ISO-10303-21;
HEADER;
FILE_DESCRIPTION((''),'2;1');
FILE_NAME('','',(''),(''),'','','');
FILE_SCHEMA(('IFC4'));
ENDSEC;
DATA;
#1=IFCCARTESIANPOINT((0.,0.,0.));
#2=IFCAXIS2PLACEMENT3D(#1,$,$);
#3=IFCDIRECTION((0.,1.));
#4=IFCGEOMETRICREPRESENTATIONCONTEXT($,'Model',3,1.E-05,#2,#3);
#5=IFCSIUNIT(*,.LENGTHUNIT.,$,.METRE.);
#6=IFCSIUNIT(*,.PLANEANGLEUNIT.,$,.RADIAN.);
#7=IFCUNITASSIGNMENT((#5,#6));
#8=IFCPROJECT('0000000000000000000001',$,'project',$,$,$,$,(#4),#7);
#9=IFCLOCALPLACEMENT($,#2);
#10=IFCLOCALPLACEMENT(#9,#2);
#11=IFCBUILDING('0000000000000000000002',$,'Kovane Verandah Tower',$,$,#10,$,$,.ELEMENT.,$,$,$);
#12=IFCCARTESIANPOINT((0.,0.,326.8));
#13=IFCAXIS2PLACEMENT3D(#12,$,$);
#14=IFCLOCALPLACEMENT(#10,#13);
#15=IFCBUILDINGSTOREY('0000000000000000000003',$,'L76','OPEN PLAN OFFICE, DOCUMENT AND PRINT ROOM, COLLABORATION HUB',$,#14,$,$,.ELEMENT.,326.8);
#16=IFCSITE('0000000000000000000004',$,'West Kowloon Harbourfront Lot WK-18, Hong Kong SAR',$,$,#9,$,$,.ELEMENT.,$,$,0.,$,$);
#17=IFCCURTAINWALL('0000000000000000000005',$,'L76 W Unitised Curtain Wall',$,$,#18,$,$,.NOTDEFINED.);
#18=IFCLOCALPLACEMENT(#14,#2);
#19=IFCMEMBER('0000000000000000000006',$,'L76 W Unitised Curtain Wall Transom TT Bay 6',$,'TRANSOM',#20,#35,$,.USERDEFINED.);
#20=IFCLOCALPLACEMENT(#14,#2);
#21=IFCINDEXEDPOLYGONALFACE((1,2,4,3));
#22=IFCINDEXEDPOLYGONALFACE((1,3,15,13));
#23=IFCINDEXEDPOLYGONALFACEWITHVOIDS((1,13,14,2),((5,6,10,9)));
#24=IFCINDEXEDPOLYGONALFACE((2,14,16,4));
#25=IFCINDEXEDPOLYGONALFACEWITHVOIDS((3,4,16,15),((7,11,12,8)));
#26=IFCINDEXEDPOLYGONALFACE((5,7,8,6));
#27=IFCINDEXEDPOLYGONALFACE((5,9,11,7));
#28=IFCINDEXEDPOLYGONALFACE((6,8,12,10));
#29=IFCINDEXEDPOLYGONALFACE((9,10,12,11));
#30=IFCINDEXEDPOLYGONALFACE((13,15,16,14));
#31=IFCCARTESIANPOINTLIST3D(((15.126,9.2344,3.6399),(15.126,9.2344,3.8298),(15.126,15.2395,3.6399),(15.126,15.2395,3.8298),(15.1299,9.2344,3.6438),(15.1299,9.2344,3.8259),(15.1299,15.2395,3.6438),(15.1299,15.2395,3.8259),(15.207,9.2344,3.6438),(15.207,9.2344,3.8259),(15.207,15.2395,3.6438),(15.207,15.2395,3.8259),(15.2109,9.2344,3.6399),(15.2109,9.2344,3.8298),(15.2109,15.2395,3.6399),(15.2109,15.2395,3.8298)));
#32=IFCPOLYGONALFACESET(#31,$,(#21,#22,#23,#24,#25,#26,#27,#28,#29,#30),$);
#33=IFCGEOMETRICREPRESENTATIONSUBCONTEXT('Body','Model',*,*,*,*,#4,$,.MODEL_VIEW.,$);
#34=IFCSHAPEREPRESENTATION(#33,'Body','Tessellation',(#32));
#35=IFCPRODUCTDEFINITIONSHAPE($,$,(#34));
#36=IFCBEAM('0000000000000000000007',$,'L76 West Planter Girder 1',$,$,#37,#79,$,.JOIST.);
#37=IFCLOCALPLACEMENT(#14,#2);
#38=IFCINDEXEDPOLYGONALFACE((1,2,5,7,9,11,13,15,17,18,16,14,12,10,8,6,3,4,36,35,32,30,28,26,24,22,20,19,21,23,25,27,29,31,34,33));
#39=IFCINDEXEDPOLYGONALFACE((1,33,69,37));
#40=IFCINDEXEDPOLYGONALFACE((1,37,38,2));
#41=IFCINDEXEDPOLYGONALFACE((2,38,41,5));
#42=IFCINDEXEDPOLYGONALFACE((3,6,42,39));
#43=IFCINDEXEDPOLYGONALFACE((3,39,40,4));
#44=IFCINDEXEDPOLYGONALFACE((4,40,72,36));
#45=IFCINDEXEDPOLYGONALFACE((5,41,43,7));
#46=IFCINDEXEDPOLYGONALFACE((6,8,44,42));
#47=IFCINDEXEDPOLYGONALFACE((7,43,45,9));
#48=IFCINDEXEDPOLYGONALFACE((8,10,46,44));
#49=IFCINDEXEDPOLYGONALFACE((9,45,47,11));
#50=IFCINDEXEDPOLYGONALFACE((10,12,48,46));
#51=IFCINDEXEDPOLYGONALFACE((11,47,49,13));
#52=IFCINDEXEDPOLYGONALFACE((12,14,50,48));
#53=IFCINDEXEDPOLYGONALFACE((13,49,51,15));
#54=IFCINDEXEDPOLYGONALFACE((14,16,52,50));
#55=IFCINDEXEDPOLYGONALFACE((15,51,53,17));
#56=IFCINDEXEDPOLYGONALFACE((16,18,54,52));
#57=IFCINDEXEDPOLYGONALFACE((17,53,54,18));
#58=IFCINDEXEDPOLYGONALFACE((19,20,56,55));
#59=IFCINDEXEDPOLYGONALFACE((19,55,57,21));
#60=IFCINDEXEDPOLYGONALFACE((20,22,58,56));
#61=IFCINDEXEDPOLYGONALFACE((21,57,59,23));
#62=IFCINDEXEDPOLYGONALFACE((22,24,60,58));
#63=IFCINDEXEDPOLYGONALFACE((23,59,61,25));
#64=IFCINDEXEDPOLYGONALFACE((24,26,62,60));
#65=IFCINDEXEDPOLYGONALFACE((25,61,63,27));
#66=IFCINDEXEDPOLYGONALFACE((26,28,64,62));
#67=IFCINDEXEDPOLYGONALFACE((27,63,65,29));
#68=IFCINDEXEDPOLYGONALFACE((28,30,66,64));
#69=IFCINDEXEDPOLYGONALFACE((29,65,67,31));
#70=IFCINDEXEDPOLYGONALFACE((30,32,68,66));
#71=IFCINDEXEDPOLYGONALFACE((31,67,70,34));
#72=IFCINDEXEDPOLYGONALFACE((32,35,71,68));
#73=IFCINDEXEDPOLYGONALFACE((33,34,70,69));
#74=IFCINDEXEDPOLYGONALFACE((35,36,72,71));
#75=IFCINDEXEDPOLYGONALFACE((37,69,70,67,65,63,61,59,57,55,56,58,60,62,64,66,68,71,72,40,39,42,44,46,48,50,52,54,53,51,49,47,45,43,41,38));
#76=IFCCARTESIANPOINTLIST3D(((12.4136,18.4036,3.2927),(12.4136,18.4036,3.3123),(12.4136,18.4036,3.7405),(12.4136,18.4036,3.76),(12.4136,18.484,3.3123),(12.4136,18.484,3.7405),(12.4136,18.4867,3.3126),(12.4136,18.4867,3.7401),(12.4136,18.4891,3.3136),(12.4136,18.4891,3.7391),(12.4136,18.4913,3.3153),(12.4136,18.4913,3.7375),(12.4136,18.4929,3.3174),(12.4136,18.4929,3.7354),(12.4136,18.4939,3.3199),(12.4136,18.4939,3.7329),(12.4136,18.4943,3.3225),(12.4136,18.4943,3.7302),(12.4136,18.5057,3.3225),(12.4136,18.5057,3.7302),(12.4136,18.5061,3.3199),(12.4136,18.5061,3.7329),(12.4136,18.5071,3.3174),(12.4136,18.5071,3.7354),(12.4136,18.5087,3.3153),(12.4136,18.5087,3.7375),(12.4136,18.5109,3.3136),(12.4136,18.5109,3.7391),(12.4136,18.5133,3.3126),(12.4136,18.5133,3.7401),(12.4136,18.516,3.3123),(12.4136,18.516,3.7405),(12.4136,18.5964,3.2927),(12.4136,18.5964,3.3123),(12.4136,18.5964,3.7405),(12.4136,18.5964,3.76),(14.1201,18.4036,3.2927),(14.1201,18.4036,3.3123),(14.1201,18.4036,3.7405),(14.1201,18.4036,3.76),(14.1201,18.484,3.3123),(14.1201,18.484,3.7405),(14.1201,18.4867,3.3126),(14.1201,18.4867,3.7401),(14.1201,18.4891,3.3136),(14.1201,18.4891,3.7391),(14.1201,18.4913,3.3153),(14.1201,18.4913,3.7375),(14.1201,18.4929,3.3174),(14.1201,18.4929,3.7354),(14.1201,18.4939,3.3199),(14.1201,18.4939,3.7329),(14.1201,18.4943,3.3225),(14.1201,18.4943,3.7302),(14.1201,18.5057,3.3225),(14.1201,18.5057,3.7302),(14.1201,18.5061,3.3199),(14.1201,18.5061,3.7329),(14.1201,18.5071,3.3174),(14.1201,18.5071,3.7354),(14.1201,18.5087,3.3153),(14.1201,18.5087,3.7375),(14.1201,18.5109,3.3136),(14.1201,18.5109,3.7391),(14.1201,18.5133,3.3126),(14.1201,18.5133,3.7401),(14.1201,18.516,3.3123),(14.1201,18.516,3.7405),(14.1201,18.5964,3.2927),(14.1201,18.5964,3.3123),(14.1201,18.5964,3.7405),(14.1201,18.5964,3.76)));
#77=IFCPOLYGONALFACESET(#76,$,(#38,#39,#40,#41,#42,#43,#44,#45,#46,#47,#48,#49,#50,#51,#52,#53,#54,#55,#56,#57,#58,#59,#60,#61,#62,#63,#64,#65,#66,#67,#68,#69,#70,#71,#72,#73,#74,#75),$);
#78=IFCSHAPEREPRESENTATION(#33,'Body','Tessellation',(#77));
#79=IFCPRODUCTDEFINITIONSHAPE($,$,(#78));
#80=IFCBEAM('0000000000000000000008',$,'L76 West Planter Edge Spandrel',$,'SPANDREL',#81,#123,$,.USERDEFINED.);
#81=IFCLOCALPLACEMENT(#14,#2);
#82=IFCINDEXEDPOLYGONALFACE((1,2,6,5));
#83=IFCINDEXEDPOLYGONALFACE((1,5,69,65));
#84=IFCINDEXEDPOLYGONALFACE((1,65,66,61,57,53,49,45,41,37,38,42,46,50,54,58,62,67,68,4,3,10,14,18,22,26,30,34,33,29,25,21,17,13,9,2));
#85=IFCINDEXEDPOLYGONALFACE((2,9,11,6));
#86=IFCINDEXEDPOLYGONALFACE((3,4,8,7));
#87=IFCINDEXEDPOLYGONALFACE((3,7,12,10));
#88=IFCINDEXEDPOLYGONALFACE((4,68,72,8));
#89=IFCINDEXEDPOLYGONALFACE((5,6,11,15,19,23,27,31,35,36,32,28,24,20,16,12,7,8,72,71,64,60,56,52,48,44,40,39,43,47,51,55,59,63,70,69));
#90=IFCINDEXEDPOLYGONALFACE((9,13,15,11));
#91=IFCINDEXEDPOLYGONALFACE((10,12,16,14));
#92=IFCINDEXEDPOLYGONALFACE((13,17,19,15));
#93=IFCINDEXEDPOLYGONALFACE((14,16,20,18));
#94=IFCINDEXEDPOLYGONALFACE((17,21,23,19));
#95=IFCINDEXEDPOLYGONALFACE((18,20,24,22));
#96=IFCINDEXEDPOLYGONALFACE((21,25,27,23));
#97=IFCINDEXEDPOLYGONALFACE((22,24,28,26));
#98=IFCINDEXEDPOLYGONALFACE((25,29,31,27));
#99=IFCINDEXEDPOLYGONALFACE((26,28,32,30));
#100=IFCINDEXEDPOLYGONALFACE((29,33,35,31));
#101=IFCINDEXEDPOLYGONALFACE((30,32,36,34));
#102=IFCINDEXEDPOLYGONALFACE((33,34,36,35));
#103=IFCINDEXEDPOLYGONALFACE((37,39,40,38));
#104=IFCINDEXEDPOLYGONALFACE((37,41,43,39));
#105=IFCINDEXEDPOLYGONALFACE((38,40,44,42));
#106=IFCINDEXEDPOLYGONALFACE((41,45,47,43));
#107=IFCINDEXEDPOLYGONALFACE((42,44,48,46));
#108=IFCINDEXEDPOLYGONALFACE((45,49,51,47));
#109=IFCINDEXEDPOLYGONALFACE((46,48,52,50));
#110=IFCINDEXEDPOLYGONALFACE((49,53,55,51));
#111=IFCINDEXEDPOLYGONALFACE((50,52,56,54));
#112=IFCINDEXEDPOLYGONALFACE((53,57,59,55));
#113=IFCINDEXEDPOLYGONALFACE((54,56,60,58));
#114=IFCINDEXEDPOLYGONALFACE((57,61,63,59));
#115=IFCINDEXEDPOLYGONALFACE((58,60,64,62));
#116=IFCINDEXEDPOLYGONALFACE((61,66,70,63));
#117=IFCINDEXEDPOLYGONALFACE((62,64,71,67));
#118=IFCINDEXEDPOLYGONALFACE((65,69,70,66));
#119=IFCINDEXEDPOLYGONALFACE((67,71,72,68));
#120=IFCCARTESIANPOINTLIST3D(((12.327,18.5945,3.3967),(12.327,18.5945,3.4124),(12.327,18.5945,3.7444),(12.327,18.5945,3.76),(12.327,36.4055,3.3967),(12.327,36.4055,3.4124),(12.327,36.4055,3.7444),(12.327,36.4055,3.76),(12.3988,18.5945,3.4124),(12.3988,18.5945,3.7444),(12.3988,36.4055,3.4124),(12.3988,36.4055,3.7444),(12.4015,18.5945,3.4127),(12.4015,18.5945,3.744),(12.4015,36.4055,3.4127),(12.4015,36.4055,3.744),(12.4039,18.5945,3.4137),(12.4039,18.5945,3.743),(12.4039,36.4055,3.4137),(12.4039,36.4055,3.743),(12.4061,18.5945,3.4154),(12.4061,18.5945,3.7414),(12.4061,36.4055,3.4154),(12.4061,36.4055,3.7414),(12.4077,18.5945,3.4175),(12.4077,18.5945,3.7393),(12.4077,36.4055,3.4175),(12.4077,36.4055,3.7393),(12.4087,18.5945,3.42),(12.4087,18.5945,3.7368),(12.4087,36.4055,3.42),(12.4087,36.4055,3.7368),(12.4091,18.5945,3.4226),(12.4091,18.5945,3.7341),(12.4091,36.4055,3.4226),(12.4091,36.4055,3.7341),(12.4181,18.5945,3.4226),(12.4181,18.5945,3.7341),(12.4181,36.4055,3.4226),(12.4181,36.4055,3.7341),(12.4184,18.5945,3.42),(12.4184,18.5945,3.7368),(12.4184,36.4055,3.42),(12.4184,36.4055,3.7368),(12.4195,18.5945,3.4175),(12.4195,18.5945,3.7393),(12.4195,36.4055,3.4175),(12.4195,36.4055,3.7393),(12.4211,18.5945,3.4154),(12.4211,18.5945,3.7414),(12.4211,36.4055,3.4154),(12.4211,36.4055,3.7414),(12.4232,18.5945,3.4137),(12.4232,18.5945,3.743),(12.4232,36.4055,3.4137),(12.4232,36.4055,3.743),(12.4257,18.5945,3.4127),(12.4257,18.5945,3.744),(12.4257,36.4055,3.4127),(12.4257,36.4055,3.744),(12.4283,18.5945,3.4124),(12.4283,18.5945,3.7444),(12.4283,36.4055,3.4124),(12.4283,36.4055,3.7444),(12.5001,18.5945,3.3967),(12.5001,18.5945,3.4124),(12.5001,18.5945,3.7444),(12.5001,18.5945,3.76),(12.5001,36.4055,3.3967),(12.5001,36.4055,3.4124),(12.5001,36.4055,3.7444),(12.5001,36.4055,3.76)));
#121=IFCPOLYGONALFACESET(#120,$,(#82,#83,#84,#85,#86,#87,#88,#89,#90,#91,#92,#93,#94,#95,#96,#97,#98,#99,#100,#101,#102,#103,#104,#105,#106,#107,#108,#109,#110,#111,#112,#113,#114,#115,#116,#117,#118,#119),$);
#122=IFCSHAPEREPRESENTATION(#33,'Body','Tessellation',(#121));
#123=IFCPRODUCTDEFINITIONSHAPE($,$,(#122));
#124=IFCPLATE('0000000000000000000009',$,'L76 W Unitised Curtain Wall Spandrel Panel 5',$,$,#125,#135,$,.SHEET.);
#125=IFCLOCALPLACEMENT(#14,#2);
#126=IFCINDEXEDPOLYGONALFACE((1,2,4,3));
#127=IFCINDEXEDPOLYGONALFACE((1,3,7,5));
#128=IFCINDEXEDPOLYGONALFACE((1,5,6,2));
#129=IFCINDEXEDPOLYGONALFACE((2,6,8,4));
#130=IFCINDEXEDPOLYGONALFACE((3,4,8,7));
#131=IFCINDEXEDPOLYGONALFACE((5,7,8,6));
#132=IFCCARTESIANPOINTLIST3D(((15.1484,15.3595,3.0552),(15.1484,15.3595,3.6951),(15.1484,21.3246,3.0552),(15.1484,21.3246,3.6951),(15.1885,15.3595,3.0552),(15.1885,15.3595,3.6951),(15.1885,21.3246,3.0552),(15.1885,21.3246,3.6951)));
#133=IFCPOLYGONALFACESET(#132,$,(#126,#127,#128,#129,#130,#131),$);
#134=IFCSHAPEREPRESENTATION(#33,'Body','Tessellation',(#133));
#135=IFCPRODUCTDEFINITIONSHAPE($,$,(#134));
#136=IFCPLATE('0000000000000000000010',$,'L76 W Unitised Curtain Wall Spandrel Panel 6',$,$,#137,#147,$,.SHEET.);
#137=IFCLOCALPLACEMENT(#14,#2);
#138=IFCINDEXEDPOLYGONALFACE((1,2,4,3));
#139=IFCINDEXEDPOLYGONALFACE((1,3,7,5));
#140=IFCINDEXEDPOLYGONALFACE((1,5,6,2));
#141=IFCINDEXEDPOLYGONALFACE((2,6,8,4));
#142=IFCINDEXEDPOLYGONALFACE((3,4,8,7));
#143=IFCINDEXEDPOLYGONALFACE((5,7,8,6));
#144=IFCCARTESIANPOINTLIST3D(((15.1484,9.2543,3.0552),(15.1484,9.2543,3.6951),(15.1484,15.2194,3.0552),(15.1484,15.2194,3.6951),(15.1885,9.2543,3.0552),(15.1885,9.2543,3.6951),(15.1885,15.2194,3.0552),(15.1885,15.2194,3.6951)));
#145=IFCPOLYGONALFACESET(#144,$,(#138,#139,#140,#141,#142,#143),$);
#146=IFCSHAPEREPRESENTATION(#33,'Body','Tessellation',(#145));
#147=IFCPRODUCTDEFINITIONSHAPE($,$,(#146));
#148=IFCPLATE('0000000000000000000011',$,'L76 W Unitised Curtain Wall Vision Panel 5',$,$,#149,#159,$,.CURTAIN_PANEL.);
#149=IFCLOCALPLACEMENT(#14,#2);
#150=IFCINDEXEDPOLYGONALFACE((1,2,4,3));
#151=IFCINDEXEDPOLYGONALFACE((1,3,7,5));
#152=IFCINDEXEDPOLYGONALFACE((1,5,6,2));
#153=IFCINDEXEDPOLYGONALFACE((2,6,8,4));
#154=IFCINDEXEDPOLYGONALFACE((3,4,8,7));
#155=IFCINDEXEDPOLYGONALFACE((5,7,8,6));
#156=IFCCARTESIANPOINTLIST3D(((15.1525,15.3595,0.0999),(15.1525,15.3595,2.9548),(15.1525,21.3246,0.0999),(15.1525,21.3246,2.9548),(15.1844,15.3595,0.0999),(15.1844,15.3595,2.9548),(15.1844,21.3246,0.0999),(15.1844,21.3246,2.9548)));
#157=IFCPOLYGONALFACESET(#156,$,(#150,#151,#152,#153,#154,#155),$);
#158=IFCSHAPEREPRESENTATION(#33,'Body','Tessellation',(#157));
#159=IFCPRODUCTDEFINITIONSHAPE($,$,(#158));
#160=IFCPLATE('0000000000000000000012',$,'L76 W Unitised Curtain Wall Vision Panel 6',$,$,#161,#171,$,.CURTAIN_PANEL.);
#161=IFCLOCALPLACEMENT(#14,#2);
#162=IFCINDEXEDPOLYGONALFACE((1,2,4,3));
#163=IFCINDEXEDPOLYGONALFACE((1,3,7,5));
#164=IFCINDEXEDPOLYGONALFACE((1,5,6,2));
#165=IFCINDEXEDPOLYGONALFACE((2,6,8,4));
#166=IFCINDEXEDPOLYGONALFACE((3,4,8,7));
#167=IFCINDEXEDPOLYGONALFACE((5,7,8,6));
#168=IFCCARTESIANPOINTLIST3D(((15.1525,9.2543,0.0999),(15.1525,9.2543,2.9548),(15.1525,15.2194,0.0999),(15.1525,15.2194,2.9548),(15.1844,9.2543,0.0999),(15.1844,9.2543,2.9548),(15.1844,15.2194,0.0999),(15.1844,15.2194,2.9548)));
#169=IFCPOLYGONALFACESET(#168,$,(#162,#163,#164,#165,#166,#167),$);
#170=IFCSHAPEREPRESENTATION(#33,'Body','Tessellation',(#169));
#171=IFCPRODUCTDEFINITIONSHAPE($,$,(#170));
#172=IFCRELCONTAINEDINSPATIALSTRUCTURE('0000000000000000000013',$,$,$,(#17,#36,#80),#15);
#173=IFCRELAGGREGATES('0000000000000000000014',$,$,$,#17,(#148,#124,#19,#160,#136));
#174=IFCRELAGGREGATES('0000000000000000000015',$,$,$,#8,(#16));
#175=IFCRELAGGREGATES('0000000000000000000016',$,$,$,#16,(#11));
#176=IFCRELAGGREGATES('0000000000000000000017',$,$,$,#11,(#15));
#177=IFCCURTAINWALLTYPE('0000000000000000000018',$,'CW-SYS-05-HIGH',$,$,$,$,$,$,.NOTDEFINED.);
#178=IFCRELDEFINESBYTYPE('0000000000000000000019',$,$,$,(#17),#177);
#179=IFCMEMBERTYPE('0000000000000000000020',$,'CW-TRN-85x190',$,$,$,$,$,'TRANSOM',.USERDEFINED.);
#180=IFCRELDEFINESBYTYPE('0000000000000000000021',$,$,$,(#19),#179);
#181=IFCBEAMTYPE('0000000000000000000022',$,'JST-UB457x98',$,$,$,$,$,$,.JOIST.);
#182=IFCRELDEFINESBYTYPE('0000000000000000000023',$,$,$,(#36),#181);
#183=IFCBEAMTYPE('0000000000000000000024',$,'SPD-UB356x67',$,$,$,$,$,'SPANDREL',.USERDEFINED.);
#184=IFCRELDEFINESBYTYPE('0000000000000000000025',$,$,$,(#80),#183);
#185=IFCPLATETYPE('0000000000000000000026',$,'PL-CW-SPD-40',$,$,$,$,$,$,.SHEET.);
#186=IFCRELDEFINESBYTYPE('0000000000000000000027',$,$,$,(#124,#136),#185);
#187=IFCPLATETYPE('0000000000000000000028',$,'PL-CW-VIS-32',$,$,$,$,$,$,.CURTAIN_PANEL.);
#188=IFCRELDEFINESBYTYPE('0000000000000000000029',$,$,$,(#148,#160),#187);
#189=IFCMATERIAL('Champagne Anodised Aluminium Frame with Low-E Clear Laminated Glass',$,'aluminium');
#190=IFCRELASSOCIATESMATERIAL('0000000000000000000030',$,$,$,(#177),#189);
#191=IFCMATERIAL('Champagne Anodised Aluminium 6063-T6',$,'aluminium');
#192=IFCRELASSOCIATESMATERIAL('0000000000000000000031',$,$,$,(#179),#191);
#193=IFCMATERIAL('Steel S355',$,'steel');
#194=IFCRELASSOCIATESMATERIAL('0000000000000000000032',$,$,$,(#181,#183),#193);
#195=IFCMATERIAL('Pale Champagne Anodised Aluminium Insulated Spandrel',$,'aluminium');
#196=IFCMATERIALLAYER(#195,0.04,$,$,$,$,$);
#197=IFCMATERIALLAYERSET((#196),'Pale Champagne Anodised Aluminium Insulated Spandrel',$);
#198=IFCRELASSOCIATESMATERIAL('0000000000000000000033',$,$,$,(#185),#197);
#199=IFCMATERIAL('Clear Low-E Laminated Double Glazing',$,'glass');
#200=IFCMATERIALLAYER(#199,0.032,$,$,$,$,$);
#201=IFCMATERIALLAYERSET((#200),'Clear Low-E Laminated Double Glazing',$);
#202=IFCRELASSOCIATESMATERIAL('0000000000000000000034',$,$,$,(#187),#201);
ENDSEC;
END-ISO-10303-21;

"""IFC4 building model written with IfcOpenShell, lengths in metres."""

from ifc_helpers import new_model, si_unit, direction, frame, origin, origin_2d, place, context, subcontext, project, spatial, rectangle, hollow_rectangle, i_section, extrude, material, layer, layer_set, material_profile, profile_set, type_object, element, aggregate, save


model = new_model("IFC4")

# Units and contexts
model_context = context("Model", 3, precision=1e-05, world=origin(), true_north=direction((0.0, 1.0)))
body_context = subcontext(model_context, "Body", "Model", "MODEL_VIEW")
ifc_project = project(units=[si_unit("LENGTHUNIT", "METRE"), si_unit("PLANEANGLEUNIT", "RADIAN")], contexts=[model_context])

# Site, building, storey
site_placement = place(None, origin())
site = spatial("IfcSite", under=ifc_project, at=site_placement, Name="West Kowloon Harbourfront Lot WK-18, Hong Kong SAR", CompositionType="ELEMENT", RefElevation=0.0)
building_placement = place(site_placement, origin())
building = spatial("IfcBuilding", under=site, at=building_placement, Name="Kovane Verandah Tower", CompositionType="ELEMENT")
storey_placement = place(building_placement, frame((0.0, 0.0, 326.8)))
storey = spatial("IfcBuildingStorey", under=building, at=storey_placement, Name="L76", Description="OPEN PLAN OFFICE, DOCUMENT AND PRINT ROOM, COLLABORATION HUB", CompositionType="ELEMENT", Elevation=326.8)

# Shared definitions
ifc_material_1 = material(Name="Steel S355", Category="steel")

# Curtain wall, member
ifc_material_2 = material(Name="Champagne Anodised Aluminium Frame with Low-E Clear Laminated Glass", Category="aluminium")
curtain_wall_type = type_object("IfcCurtainWallType", Name="CW-SYS-05-HIGH", PredefinedType="NOTDEFINED", material=ifc_material_2)
curtain_wall_placement = place(storey_placement, origin())
curtain_wall = element("IfcCurtainWall", 1, at=curtain_wall_placement, inside=storey, type_object=curtain_wall_type, Name="L76 W Unitised Curtain Wall", PredefinedType="NOTDEFINED")
ifc_material_3 = material(Name="Champagne Anodised Aluminium 6063-T6", Category="aluminium")
ifc_material_profile_1 = material_profile(ifc_material_3, hollow_rectangle(XDim=0.085, YDim=0.1899, WallThickness=0.0039, at=origin_2d()), Name="AL85x190x4")
ifc_profile_set_1 = profile_set([ifc_material_profile_1], Name="Champagne Anodised Aluminium 6063-T6")
member_type_1 = type_object("IfcMemberType", Name="CW-TRN-85x190", ElementType="TRANSOM", PredefinedType="USERDEFINED", material=ifc_profile_set_1)
member_1_placement = place(storey_placement, frame((15.1685, 15.2395, 3.7349), z_axis=(0.0, -1.0, 0.0), x_axis=(1.0, 0.0, 0.0)))
member_1 = element("IfcMember", 2, at=member_1_placement, type_object=member_type_1, Name="L76 W Unitised Curtain Wall Transom TT Bay 6", ObjectType="TRANSOM", PredefinedType="USERDEFINED", context=body_context, shape_type="SweptSolid", body=[
    extrude(hollow_rectangle(XDim=0.085, YDim=0.1899, WallThickness=0.0039, at=origin_2d()), origin(), (0.0, 0.0, 1.0), 6.0051),
])

# Beams
ifc_material_profile_2 = material_profile(ifc_material_1, i_section(OverallWidth=0.1929, OverallDepth=0.4673, WebThickness=0.0115, FlangeThickness=0.0195, FilletRadius=0.0103, at=origin_2d()), Name="UB457x191x98")
ifc_profile_set_2 = profile_set([ifc_material_profile_2], Name="Steel S355")
beam_type_1 = type_object("IfcBeamType", Name="JST-UB457x98", PredefinedType="JOIST", material=ifc_profile_set_2)
beam_1_placement = place(storey_placement, frame((14.1201, 18.5, 3.5264), z_axis=(-1.0, 0.0, 0.0), x_axis=(0.0, -1.0, 0.0)))
element("IfcBeam", 3, at=beam_1_placement, inside=storey, type_object=beam_type_1, Name="L76 West Planter Girder 1", PredefinedType="JOIST", context=body_context, shape_type="SweptSolid", body=[
    extrude(i_section(OverallWidth=0.1929, OverallDepth=0.4673, WebThickness=0.0115, FlangeThickness=0.0195, FilletRadius=0.0103, at=origin_2d()), origin(), (0.0, 0.0, 1.0), 1.7065),
])
ifc_material_profile_3 = material_profile(ifc_material_1, i_section(OverallWidth=0.1731, OverallDepth=0.3633, WebThickness=0.009, FlangeThickness=0.0156, FilletRadius=0.0103, at=origin_2d()), Name="UB356x171x67")
ifc_profile_set_3 = profile_set([ifc_material_profile_3], Name="Steel S355")
beam_type_2 = type_object("IfcBeamType", Name="SPD-UB356x67", ElementType="SPANDREL", PredefinedType="USERDEFINED", material=ifc_profile_set_3)
beam_2_placement = place(storey_placement, frame((12.4136, 18.5945, 3.5784), z_axis=(0.0, 1.0, 0.0), x_axis=(-1.0, 0.0, 0.0)))
element("IfcBeam", 4, at=beam_2_placement, inside=storey, type_object=beam_type_2, Name="L76 West Planter Edge Spandrel", ObjectType="SPANDREL", PredefinedType="USERDEFINED", context=body_context, shape_type="SweptSolid", body=[
    extrude(i_section(OverallWidth=0.1731, OverallDepth=0.3633, WebThickness=0.009, FlangeThickness=0.0156, FilletRadius=0.0103, at=origin_2d()), origin(), (0.0, 0.0, 1.0), 17.811),
])

# Plates
ifc_material_4 = material(Name="Pale Champagne Anodised Aluminium Insulated Spandrel", Category="aluminium")
ifc_layer_1 = layer(ifc_material_4, 0.04)
ifc_layer_set_1 = layer_set([ifc_layer_1], Name="Pale Champagne Anodised Aluminium Insulated Spandrel")
plate_type_1 = type_object("IfcPlateType", Name="PL-CW-SPD-40", PredefinedType="SHEET", material=ifc_layer_set_1)
plate_1_placement = place(storey_placement, frame((15.1685, 18.342, 3.0552), z_axis=(0.0, 0.0, 1.0), x_axis=(0.0, -1.0, 0.0)))
plate_1 = element("IfcPlate", 5, at=plate_1_placement, type_object=plate_type_1, Name="L76 W Unitised Curtain Wall Spandrel Panel 5", PredefinedType="SHEET", context=body_context, shape_type="SweptSolid", body=[
    extrude(rectangle(XDim=5.9651, YDim=0.04, at=origin_2d()), origin(), (0.0, 0.0, 1.0), 0.6399),
])
plate_2_placement = place(storey_placement, frame((15.1685, 12.2368, 3.0552), z_axis=(0.0, 0.0, 1.0), x_axis=(0.0, -1.0, 0.0)))
plate_2 = element("IfcPlate", 6, at=plate_2_placement, type_object=plate_type_1, Name="L76 W Unitised Curtain Wall Spandrel Panel 6", PredefinedType="SHEET", context=body_context, shape_type="SweptSolid", body=[
    extrude(rectangle(XDim=5.9651, YDim=0.04, at=origin_2d()), origin(), (0.0, 0.0, 1.0), 0.6399),
])
ifc_material_5 = material(Name="Clear Low-E Laminated Double Glazing", Category="glass")
ifc_layer_2 = layer(ifc_material_5, 0.032)
ifc_layer_set_2 = layer_set([ifc_layer_2], Name="Clear Low-E Laminated Double Glazing")
plate_type_2 = type_object("IfcPlateType", Name="PL-CW-VIS-32", PredefinedType="CURTAIN_PANEL", material=ifc_layer_set_2)
plate_3_placement = place(storey_placement, frame((15.1685, 18.342, 0.0999), z_axis=(0.0, 0.0, 1.0), x_axis=(0.0, -1.0, 0.0)))
plate_3 = element("IfcPlate", 7, at=plate_3_placement, type_object=plate_type_2, Name="L76 W Unitised Curtain Wall Vision Panel 5", PredefinedType="CURTAIN_PANEL", context=body_context, shape_type="SweptSolid", body=[
    extrude(rectangle(XDim=5.9651, YDim=0.032, at=origin_2d()), origin(), (0.0, 0.0, 1.0), 2.855),
])
plate_4_placement = place(storey_placement, frame((15.1685, 12.2368, 0.0999), z_axis=(0.0, 0.0, 1.0), x_axis=(0.0, -1.0, 0.0)))
plate_4 = element("IfcPlate", 8, at=plate_4_placement, type_object=plate_type_2, Name="L76 W Unitised Curtain Wall Vision Panel 6", PredefinedType="CURTAIN_PANEL", context=body_context, shape_type="SweptSolid", body=[
    extrude(rectangle(XDim=5.9651, YDim=0.032, at=origin_2d()), origin(), (0.0, 0.0, 1.0), 2.855),
])
aggregate(curtain_wall, [plate_3, plate_1, member_1, plate_4, plate_2])

save(model, "model.ifc")
